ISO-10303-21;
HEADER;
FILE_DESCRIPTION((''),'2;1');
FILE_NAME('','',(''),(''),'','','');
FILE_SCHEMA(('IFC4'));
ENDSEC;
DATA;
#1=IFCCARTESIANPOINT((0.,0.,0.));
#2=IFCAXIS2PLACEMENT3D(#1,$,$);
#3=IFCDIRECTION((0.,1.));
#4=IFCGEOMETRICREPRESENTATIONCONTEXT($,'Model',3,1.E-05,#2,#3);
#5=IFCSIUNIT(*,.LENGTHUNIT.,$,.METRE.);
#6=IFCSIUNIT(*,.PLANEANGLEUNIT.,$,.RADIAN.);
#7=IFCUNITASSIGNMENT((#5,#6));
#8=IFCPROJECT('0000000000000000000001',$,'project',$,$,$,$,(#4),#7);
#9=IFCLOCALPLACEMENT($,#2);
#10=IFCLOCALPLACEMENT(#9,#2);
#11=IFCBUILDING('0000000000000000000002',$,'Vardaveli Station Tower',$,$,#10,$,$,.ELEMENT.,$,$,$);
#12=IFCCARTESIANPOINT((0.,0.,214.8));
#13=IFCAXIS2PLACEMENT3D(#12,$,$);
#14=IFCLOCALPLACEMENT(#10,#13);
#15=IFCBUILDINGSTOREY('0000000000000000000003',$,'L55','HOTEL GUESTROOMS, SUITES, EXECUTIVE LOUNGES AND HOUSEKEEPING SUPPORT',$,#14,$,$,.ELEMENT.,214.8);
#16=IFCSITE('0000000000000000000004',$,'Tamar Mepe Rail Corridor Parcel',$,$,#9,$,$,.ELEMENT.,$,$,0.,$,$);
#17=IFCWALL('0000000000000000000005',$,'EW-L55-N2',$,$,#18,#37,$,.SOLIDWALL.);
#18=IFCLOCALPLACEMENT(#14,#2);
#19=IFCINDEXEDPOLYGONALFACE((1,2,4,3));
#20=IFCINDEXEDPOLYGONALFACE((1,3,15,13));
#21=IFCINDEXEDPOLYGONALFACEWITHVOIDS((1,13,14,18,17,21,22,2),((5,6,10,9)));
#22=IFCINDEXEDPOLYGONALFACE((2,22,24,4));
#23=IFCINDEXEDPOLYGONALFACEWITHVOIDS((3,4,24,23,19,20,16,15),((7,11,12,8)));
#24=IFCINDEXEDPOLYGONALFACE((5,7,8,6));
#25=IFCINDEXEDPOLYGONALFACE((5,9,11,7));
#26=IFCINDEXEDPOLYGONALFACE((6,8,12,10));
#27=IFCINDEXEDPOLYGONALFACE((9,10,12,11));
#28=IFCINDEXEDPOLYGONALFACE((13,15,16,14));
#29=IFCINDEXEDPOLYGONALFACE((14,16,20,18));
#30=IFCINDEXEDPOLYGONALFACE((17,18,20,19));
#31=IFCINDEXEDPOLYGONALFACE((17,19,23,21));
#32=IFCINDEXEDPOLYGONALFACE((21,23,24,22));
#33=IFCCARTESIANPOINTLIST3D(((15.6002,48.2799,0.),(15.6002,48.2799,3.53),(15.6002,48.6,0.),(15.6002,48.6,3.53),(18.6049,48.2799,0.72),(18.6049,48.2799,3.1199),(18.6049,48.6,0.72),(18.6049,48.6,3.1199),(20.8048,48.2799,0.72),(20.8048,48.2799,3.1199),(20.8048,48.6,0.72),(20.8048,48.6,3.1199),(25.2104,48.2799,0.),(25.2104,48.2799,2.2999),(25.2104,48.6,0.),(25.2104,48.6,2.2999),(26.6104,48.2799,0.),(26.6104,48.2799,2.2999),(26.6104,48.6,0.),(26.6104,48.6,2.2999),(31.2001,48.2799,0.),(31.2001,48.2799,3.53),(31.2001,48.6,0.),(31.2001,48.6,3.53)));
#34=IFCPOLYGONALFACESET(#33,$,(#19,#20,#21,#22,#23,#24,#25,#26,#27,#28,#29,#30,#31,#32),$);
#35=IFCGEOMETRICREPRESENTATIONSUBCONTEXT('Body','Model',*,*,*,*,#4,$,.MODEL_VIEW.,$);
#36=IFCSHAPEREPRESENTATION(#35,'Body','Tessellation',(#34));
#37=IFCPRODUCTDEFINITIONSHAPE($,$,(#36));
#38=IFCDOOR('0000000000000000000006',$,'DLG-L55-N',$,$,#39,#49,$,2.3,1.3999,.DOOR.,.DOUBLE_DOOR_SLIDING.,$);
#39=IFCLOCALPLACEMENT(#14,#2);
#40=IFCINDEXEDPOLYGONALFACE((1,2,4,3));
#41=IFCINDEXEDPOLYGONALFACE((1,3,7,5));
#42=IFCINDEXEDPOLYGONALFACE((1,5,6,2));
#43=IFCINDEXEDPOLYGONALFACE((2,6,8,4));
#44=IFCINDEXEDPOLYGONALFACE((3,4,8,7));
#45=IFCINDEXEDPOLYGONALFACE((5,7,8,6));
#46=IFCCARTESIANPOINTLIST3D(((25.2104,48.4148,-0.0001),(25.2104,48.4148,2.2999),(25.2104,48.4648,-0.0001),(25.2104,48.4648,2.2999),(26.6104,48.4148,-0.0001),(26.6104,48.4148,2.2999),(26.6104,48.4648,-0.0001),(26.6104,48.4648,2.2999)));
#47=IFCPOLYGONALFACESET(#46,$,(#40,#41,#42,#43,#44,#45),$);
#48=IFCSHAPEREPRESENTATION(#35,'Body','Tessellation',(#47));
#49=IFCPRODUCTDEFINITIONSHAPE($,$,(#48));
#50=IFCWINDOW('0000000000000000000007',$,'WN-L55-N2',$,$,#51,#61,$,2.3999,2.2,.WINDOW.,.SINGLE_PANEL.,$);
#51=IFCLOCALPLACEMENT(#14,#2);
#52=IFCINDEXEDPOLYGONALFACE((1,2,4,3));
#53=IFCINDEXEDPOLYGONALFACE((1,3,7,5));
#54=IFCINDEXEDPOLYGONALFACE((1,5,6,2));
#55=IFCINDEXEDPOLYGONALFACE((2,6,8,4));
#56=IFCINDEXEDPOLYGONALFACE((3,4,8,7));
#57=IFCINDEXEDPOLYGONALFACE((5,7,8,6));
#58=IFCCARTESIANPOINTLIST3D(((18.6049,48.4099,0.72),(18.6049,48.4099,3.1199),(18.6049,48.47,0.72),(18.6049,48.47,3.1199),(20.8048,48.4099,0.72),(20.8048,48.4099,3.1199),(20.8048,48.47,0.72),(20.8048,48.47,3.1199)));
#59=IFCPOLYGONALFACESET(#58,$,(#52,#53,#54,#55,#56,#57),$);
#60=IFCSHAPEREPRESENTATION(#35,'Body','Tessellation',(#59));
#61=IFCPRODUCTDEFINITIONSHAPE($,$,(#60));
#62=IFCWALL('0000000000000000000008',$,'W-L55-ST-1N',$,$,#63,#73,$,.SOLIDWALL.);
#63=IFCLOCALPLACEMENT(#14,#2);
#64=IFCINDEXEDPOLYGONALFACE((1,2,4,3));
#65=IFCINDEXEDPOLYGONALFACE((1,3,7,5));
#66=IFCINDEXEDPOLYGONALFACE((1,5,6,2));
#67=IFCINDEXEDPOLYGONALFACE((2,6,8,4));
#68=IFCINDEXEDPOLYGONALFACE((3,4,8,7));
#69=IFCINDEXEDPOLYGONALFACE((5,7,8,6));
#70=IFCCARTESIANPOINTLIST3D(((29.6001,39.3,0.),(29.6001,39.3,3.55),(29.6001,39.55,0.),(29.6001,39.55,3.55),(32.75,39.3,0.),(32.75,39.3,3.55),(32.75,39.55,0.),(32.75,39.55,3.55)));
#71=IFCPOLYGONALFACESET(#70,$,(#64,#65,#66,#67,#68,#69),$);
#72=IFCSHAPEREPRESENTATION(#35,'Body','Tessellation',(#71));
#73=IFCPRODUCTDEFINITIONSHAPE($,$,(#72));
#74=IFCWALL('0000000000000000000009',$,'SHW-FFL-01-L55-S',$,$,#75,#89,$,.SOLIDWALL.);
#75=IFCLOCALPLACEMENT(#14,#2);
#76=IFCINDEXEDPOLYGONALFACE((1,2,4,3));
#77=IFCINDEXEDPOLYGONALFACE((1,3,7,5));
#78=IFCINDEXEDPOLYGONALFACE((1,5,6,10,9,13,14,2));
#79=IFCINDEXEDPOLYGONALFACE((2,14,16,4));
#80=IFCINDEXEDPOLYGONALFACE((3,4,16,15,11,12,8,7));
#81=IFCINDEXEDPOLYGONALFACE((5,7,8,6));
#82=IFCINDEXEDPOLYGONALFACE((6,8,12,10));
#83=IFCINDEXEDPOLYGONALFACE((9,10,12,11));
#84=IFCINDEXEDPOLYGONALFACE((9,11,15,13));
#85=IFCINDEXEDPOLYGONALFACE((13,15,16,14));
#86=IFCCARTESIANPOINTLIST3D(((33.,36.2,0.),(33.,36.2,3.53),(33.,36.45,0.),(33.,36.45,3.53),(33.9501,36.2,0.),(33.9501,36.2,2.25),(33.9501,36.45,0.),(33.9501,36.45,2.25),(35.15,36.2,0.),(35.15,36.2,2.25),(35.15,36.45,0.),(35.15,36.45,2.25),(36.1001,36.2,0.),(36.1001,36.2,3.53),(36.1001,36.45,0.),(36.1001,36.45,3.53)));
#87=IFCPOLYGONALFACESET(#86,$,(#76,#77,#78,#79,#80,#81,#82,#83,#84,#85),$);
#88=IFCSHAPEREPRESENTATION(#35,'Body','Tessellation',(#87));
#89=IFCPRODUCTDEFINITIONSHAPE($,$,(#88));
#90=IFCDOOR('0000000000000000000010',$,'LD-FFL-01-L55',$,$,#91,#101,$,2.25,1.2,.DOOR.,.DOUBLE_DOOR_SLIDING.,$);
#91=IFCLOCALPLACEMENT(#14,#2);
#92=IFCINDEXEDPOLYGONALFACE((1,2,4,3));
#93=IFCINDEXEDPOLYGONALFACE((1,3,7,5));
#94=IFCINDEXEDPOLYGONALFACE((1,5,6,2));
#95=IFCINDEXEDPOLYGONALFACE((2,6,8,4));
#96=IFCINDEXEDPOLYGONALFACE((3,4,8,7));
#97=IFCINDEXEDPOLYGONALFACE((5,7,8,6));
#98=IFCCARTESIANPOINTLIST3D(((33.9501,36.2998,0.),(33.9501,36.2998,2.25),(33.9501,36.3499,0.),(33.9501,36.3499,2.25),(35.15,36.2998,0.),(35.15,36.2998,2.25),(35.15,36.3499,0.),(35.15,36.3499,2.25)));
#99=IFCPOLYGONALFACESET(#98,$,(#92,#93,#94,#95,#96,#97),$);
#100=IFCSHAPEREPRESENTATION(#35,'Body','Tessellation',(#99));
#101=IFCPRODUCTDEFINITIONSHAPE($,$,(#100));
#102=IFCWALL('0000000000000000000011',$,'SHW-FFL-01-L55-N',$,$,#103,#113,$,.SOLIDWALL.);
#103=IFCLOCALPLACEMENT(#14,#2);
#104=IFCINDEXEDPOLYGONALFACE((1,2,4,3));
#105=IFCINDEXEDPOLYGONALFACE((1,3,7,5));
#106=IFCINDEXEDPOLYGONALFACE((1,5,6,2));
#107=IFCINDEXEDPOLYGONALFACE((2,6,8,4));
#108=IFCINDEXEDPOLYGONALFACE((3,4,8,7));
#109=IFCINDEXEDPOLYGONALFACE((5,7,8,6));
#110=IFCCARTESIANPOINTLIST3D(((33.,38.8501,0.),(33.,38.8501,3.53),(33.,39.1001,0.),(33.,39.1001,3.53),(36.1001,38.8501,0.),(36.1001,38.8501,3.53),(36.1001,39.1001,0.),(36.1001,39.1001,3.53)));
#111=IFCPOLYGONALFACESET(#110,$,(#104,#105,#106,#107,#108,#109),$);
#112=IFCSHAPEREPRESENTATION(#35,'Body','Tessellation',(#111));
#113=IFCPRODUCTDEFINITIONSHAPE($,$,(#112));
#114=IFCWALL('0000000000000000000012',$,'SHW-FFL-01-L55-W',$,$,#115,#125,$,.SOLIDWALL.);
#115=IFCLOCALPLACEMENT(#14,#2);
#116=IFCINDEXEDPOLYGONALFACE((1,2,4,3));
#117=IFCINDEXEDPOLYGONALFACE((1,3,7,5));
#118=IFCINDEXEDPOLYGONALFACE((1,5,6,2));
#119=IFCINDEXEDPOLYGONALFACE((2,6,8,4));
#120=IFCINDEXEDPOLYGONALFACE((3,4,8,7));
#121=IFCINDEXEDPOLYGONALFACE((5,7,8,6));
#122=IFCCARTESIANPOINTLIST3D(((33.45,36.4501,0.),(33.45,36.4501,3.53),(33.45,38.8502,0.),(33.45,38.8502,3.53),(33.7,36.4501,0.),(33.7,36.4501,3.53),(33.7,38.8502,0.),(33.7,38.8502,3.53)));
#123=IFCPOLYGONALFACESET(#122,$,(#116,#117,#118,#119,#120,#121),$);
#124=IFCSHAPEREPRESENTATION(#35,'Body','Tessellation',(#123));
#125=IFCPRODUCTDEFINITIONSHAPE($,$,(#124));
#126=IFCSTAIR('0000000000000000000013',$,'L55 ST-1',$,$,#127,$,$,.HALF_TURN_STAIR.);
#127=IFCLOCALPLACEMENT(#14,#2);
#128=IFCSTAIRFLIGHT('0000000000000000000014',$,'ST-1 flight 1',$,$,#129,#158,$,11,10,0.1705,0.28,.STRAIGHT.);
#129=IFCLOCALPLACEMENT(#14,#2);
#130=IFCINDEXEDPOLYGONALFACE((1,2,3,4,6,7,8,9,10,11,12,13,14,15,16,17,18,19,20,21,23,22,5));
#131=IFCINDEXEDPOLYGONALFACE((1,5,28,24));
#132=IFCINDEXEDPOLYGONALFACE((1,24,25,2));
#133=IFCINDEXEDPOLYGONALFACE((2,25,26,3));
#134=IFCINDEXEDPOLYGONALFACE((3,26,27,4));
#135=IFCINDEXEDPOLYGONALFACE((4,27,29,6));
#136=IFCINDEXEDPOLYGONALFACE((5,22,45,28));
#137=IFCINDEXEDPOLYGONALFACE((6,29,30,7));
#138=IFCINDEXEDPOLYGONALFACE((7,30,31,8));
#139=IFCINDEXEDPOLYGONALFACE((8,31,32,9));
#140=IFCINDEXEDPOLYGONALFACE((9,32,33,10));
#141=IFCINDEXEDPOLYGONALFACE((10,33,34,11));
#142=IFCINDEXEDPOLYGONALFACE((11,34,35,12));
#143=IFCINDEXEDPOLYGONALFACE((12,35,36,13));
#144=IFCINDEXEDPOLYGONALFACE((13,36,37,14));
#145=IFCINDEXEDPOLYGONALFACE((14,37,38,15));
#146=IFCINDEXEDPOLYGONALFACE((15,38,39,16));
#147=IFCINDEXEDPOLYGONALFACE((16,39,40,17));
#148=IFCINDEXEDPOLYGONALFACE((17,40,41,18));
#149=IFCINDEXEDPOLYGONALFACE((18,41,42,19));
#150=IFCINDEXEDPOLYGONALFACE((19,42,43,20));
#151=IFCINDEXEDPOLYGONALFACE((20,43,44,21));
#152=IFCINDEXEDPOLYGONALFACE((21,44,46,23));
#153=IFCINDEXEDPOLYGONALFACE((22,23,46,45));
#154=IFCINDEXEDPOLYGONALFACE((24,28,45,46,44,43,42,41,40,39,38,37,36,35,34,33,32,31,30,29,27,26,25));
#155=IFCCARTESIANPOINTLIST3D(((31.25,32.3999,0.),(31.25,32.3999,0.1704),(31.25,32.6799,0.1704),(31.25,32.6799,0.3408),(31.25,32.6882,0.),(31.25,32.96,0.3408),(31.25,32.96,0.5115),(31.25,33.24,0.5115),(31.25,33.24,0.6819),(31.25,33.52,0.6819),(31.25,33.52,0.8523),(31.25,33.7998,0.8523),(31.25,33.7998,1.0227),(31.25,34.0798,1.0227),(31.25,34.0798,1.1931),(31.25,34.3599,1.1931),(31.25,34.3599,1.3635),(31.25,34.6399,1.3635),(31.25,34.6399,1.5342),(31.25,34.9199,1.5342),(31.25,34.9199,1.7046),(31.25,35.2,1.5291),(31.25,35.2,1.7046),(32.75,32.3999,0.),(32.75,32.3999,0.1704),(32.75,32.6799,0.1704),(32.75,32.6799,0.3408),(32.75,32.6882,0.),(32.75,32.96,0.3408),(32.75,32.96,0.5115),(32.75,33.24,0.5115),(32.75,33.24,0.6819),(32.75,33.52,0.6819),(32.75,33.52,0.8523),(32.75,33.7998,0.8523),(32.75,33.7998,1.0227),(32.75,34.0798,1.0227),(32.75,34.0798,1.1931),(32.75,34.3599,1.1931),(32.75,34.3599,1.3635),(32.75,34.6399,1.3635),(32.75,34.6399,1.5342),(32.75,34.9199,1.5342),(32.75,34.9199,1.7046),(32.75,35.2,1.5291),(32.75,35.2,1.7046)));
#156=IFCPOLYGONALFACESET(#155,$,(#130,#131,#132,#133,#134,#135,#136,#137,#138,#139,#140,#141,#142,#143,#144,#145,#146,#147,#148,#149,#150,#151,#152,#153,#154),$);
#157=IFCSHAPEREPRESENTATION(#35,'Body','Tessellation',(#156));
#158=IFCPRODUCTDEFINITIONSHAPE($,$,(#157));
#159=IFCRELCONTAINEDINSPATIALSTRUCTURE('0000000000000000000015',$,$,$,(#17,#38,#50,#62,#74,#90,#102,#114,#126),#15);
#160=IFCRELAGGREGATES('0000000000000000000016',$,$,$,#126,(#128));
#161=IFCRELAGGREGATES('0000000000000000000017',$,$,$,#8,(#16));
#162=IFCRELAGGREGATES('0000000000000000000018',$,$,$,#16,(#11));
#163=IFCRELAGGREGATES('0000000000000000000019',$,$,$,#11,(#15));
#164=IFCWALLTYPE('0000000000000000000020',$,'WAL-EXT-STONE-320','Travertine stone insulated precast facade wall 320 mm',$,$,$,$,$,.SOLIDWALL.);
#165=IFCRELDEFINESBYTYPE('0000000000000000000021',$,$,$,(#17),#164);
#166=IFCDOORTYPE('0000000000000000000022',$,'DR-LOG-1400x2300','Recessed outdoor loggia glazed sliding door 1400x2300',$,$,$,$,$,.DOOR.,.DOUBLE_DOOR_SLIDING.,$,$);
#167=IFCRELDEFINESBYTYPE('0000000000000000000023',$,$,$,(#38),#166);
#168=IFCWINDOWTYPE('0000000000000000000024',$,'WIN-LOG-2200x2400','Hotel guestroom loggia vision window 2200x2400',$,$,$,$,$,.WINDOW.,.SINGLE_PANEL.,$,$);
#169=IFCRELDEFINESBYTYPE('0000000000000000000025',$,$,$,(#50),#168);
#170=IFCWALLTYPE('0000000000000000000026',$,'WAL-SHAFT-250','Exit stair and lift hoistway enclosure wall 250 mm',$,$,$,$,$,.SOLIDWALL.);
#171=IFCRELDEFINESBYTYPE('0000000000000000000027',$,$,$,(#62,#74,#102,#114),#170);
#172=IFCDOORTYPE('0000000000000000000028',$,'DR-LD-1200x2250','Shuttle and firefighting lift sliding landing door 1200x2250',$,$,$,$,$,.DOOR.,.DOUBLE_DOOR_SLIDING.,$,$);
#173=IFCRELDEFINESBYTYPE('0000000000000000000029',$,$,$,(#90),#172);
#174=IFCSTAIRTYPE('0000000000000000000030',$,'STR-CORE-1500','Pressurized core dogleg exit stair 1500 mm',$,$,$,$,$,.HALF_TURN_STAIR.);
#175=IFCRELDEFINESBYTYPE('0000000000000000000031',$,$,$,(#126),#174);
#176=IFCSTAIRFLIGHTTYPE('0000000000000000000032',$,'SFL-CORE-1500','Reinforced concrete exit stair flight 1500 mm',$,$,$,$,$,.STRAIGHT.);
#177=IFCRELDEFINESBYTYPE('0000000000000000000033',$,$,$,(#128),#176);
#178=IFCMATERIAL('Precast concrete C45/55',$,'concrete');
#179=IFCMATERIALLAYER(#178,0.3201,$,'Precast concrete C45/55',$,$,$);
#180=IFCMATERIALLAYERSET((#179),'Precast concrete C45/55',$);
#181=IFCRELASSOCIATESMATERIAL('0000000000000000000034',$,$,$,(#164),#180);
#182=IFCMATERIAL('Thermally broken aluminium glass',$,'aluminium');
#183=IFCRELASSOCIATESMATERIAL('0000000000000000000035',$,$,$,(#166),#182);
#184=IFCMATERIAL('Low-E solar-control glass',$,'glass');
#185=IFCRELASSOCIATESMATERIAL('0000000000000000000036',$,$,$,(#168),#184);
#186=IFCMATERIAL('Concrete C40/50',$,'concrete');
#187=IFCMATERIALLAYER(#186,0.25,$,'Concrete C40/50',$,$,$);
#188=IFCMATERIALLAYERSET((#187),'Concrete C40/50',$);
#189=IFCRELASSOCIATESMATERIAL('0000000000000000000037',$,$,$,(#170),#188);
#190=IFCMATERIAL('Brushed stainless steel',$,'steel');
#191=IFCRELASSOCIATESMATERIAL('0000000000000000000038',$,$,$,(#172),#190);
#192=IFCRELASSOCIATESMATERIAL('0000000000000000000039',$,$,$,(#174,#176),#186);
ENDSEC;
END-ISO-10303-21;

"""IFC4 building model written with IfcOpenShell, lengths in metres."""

from ifc_helpers import new_model, si_unit, direction, frame, frame_2d, origin, place, context, subcontext, project, spatial, polyline, rectangle, outline, extrude, source, transform, mapped, material, layer, layer_set, type_object, element, fill, aggregate, save


model = new_model("IFC4")

# Units and contexts
model_context = context("Model", 3, precision=1e-05, world=origin(), true_north=direction((0.0, 1.0)))
body_context = subcontext(model_context, "Body", "Model", "MODEL_VIEW")
ifc_project = project(units=[si_unit("LENGTHUNIT", "METRE"), si_unit("PLANEANGLEUNIT", "RADIAN")], contexts=[model_context])

# Site, building, storey
site_placement = place(None, origin())
site = spatial("IfcSite", under=ifc_project, at=site_placement, Name="Tamar Mepe Rail Corridor Parcel", CompositionType="ELEMENT", RefElevation=0.0)
building_placement = place(site_placement, origin())
building = spatial("IfcBuilding", under=site, at=building_placement, Name="Vardaveli Station Tower", CompositionType="ELEMENT")
storey_placement = place(building_placement, frame((0.0, 0.0, 214.8)))
storey = spatial("IfcBuildingStorey", under=building, at=storey_placement, Name="L55", Description="HOTEL GUESTROOMS, SUITES, EXECUTIVE LOUNGES AND HOUSEKEEPING SUPPORT", CompositionType="ELEMENT", Elevation=214.8)

# Shared definitions
ifc_material_1 = material(Name="Precast concrete C45/55", Category="concrete")

# Wall, openings, door, window
ifc_layer_1 = layer(ifc_material_1, 0.3201, Name="Precast concrete C45/55")
ifc_layer_set_1 = layer_set([ifc_layer_1], Name="Precast concrete C45/55")
wall_type_1 = type_object("IfcWallType", Name="WAL-EXT-STONE-320", Description="Travertine stone insulated precast facade wall 320 mm", PredefinedType="SOLIDWALL", material=ifc_layer_set_1)
shared_shape_1 = source(origin(), body_context, "Body", "SweptSolid", [
    extrude(rectangle(XDim=15.5999, YDim=0.3201, at=frame_2d((7.7998, 0.0))), origin(), (0.0, 0.0, 1.0), 3.53),
])
wall_1_placement = place(storey_placement, frame((31.2, 48.4399, 0.0), z_axis=(0.0, 0.0, 1.0), x_axis=(-1.0, 0.0, 0.0)))
wall_1 = element("IfcWall", 1, at=wall_1_placement, inside=storey, type_object=wall_type_1, Name="EW-L55-N2", PredefinedType="SOLIDWALL", context=body_context, shape_type="MappedRepresentation", body=[
    mapped(shared_shape_1, transform((0.0, 0.0, 0.0), scale=1.0)),
])
shared_shape_2 = source(origin(), body_context, "Body", "SweptSolid", [
    extrude(rectangle(XDim=1.3999, YDim=2.3, at=frame_2d((0.7, 1.1499))), frame((0.0, 0.1699, 0.0), z_axis=(0.0, -1.0, 0.0), x_axis=(1.0, 0.0, 0.0)), (0.0, 0.0, 1.0), 0.3401),
])
opening_1_placement = place(wall_1_placement, frame((4.5896, 0.0, 0.0)))
opening_1 = element("IfcOpeningElement", 2, at=opening_1_placement, cuts=wall_1, PredefinedType="OPENING", context=body_context, shape_type="MappedRepresentation", body=[
    mapped(shared_shape_2, transform((0.0, 0.0, 0.0), scale=1.0)),
])
shared_shape_3 = source(origin(), body_context, "Body", "SweptSolid", [
    extrude(rectangle(XDim=2.2, YDim=2.3999, at=frame_2d((1.1001, 1.2))), frame((0.0, 0.1699, 0.0), z_axis=(0.0, -1.0, 0.0), x_axis=(1.0, 0.0, 0.0)), (0.0, 0.0, 1.0), 0.3401),
])
opening_2_placement = place(wall_1_placement, frame((10.395, 0.0, 0.72)))
opening_2 = element("IfcOpeningElement", 3, at=opening_2_placement, cuts=wall_1, PredefinedType="OPENING", context=body_context, shape_type="MappedRepresentation", body=[
    mapped(shared_shape_3, transform((0.0, 0.0, 0.0), scale=1.0)),
])
ifc_material_2 = material(Name="Thermally broken aluminium glass", Category="aluminium")
door_type_1 = type_object("IfcDoorType", Name="DR-LOG-1400x2300", Description="Recessed outdoor loggia glazed sliding door 1400x2300", OperationType="DOUBLE_DOOR_SLIDING", PredefinedType="DOOR", material=ifc_material_2)
shared_shape_4 = source(origin(), body_context, "Body", "SweptSolid", [
    extrude(rectangle(XDim=1.3999, YDim=2.3, at=frame_2d((0.7, 1.1499))), frame((0.0, 0.0249, 0.0), z_axis=(0.0, -1.0, 0.0), x_axis=(1.0, 0.0, 0.0)), (0.0, 0.0, 1.0), 0.05),
])
door_1_placement = place(opening_1_placement, frame((1.3999, 0.0, 0.0), z_axis=(0.0, 0.0, 1.0), x_axis=(-1.0, 0.0, 0.0)))
door_1 = element("IfcDoor", 4, at=door_1_placement, inside=storey, type_object=door_type_1, Name="DLG-L55-N", OperationType="DOUBLE_DOOR_SLIDING", OverallHeight=2.3, OverallWidth=1.3999, PredefinedType="DOOR", context=body_context, shape_type="MappedRepresentation", body=[
    mapped(shared_shape_4, transform((0.0, 0.0, 0.0), scale=1.0)),
])
fill(opening_1, door_1)
ifc_material_3 = material(Name="Low-E solar-control glass", Category="glass")
window_type = type_object("IfcWindowType", Name="WIN-LOG-2200x2400", Description="Hotel guestroom loggia vision window 2200x2400", PartitioningType="SINGLE_PANEL", PredefinedType="WINDOW", material=ifc_material_3)
shared_shape_5 = source(origin(), body_context, "Body", "SweptSolid", [
    extrude(rectangle(XDim=2.2, YDim=2.3999, at=frame_2d((1.1001, 1.2))), frame((0.0, 0.03, 0.0), z_axis=(0.0, -1.0, 0.0), x_axis=(1.0, 0.0, 0.0)), (0.0, 0.0, 1.0), 0.0601),
])
window_placement = place(opening_2_placement, origin())
window = element("IfcWindow", 5, at=window_placement, inside=storey, type_object=window_type, Name="WN-L55-N2", OverallHeight=2.3999, OverallWidth=2.2, PartitioningType="SINGLE_PANEL", PredefinedType="WINDOW", context=body_context, shape_type="MappedRepresentation", body=[
    mapped(shared_shape_5, transform((0.0, 0.0, 0.0), scale=1.0)),
])
fill(opening_2, window)

# Wall
ifc_material_4 = material(Name="Concrete C40/50", Category="concrete")
ifc_layer_2 = layer(ifc_material_4, 0.25, Name="Concrete C40/50")
ifc_layer_set_2 = layer_set([ifc_layer_2], Name="Concrete C40/50")
wall_type_2 = type_object("IfcWallType", Name="WAL-SHAFT-250", Description="Exit stair and lift hoistway enclosure wall 250 mm", PredefinedType="SOLIDWALL", material=ifc_layer_set_2)
shared_shape_6 = source(origin(), body_context, "Body", "SweptSolid", [
    extrude(rectangle(XDim=3.1499, YDim=0.25, at=frame_2d((1.575, 0.0))), origin(), (0.0, 0.0, 1.0), 3.55),
])
wall_2_placement = place(storey_placement, frame((29.6001, 39.425, 0.0), z_axis=(0.0, 0.0, 1.0), x_axis=(1.0, 0.0, 0.0)))
element("IfcWall", 6, at=wall_2_placement, inside=storey, type_object=wall_type_2, Name="W-L55-ST-1N", PredefinedType="SOLIDWALL", context=body_context, shape_type="MappedRepresentation", body=[
    mapped(shared_shape_6, transform((0.0, 0.0, 0.0), scale=1.0)),
])

# Wall, opening, door
shared_shape_7 = source(origin(), body_context, "Body", "SweptSolid", [
    extrude(rectangle(XDim=3.1001, YDim=0.25, at=frame_2d((1.55, 0.0))), origin(), (0.0, 0.0, 1.0), 3.53),
])
wall_3_placement = place(storey_placement, frame((33.0, 36.325, 0.0), z_axis=(0.0, 0.0, 1.0), x_axis=(1.0, 0.0, 0.0)))
wall_3 = element("IfcWall", 7, at=wall_3_placement, inside=storey, type_object=wall_type_2, Name="SHW-FFL-01-L55-S", PredefinedType="SOLIDWALL", context=body_context, shape_type="MappedRepresentation", body=[
    mapped(shared_shape_7, transform((0.0, 0.0, 0.0), scale=1.0)),
])
shared_shape_8 = source(origin(), body_context, "Body", "SweptSolid", [
    extrude(rectangle(XDim=1.2, YDim=2.25, at=frame_2d((0.6001, 1.125))), frame((0.0, 0.135, 0.0), z_axis=(0.0, -1.0, 0.0), x_axis=(1.0, 0.0, 0.0)), (0.0, 0.0, 1.0), 0.27),
])
opening_3_placement = place(wall_3_placement, frame((0.95, 0.0, 0.0)))
opening_3 = element("IfcOpeningElement", 8, at=opening_3_placement, cuts=wall_3, PredefinedType="OPENING", context=body_context, shape_type="MappedRepresentation", body=[
    mapped(shared_shape_8, transform((0.0, 0.0, 0.0), scale=1.0)),
])
ifc_material_5 = material(Name="Brushed stainless steel", Category="steel")
door_type_2 = type_object("IfcDoorType", Name="DR-LD-1200x2250", Description="Shuttle and firefighting lift sliding landing door 1200x2250", OperationType="DOUBLE_DOOR_SLIDING", PredefinedType="DOOR", material=ifc_material_5)
shared_shape_9 = source(origin(), body_context, "Body", "SweptSolid", [
    extrude(rectangle(XDim=1.2, YDim=2.25, at=frame_2d((0.6001, 1.125))), frame((0.0, 0.0249, 0.0), z_axis=(0.0, -1.0, 0.0), x_axis=(1.0, 0.0, 0.0)), (0.0, 0.0, 1.0), 0.05),
])
door_2_placement = place(opening_3_placement, origin())
door_2 = element("IfcDoor", 9, at=door_2_placement, inside=storey, type_object=door_type_2, Name="LD-FFL-01-L55", OperationType="DOUBLE_DOOR_SLIDING", OverallHeight=2.25, OverallWidth=1.2, PredefinedType="DOOR", context=body_context, shape_type="MappedRepresentation", body=[
    mapped(shared_shape_9, transform((0.0, 0.0, 0.0), scale=1.0)),
])
fill(opening_3, door_2)

# Walls
wall_4_placement = place(storey_placement, frame((33.0, 38.9751, 0.0), z_axis=(0.0, 0.0, 1.0), x_axis=(1.0, 0.0, 0.0)))
element("IfcWall", 10, at=wall_4_placement, inside=storey, type_object=wall_type_2, Name="SHW-FFL-01-L55-N", PredefinedType="SOLIDWALL", context=body_context, shape_type="MappedRepresentation", body=[
    mapped(shared_shape_7, transform((0.0, 0.0, 0.0), scale=1.0)),
])
shared_shape_10 = source(origin(), body_context, "Body", "SweptSolid", [
    extrude(rectangle(XDim=2.4001, YDim=0.25, at=frame_2d((1.2002, 0.0))), origin(), (0.0, 0.0, 1.0), 3.53),
])
wall_5_placement = place(storey_placement, frame((33.575, 36.45, 0.0), z_axis=(0.0, 0.0, 1.0), x_axis=(0.0, 1.0, 0.0)))
element("IfcWall", 11, at=wall_5_placement, inside=storey, type_object=wall_type_2, Name="SHW-FFL-01-L55-W", PredefinedType="SOLIDWALL", context=body_context, shape_type="MappedRepresentation", body=[
    mapped(shared_shape_10, transform((0.0, 0.0, 0.0), scale=1.0)),
])

# Stair, stair flight
stair_type = type_object("IfcStairType", Name="STR-CORE-1500", Description="Pressurized core dogleg exit stair 1500 mm", PredefinedType="HALF_TURN_STAIR", material=ifc_material_4)
stair_placement = place(storey_placement, origin())
stair = element("IfcStair", 12, at=stair_placement, inside=storey, type_object=stair_type, Name="L55 ST-1", PredefinedType="HALF_TURN_STAIR")
stair_flight_type = type_object("IfcStairFlightType", Name="SFL-CORE-1500", Description="Reinforced concrete exit stair flight 1500 mm", PredefinedType="STRAIGHT", material=ifc_material_4)
shared_shape_11 = source(origin(), body_context, "Body", "SweptSolid", [
    extrude(outline(polyline([(0.0, 0.0), (0.0, 0.1704), (0.28, 0.1704), (0.28, 0.3408), (0.5601, 0.3408), (0.5601, 0.5115), (0.8401, 0.5115), (0.8401, 0.6819), (1.1201, 0.6819), (1.1201, 0.8523), (1.3999, 0.8523), (1.3999, 1.0227), (1.6799, 1.0227), (1.6799, 1.1931), (1.96, 1.1931), (1.96, 1.3635), (2.24, 1.3635), (2.24, 1.5342), (2.52, 1.5342), (2.52, 1.7046), (2.8, 1.7046), (2.8, 1.875), (2.8, 1.5291), (0.2883, 0.0), (0.0, 0.0)])), frame((0.0, 0.75, 0.0), z_axis=(0.0, -1.0, 0.0), x_axis=(1.0, 0.0, 0.0)), (0.0, 0.0, 1.0), 1.5),
])
stair_flight_1_placement = place(storey_placement, frame((32.0, 32.3999, 0.0), z_axis=(0.0, 0.0, 1.0), x_axis=(0.0, 1.0, 0.0)))
stair_flight_1 = element("IfcStairFlight", 13, at=stair_flight_1_placement, type_object=stair_flight_type, Name="ST-1 flight 1", NumberOfRisers=11, NumberOfTreads=10, PredefinedType="STRAIGHT", RiserHeight=0.1705, TreadLength=0.28, context=body_context, shape_type="MappedRepresentation", body=[
    mapped(shared_shape_11, transform((0.0, 0.0, 0.0), scale=1.0)),
])
aggregate(stair, [stair_flight_1])

save(model, "model.ifc")
